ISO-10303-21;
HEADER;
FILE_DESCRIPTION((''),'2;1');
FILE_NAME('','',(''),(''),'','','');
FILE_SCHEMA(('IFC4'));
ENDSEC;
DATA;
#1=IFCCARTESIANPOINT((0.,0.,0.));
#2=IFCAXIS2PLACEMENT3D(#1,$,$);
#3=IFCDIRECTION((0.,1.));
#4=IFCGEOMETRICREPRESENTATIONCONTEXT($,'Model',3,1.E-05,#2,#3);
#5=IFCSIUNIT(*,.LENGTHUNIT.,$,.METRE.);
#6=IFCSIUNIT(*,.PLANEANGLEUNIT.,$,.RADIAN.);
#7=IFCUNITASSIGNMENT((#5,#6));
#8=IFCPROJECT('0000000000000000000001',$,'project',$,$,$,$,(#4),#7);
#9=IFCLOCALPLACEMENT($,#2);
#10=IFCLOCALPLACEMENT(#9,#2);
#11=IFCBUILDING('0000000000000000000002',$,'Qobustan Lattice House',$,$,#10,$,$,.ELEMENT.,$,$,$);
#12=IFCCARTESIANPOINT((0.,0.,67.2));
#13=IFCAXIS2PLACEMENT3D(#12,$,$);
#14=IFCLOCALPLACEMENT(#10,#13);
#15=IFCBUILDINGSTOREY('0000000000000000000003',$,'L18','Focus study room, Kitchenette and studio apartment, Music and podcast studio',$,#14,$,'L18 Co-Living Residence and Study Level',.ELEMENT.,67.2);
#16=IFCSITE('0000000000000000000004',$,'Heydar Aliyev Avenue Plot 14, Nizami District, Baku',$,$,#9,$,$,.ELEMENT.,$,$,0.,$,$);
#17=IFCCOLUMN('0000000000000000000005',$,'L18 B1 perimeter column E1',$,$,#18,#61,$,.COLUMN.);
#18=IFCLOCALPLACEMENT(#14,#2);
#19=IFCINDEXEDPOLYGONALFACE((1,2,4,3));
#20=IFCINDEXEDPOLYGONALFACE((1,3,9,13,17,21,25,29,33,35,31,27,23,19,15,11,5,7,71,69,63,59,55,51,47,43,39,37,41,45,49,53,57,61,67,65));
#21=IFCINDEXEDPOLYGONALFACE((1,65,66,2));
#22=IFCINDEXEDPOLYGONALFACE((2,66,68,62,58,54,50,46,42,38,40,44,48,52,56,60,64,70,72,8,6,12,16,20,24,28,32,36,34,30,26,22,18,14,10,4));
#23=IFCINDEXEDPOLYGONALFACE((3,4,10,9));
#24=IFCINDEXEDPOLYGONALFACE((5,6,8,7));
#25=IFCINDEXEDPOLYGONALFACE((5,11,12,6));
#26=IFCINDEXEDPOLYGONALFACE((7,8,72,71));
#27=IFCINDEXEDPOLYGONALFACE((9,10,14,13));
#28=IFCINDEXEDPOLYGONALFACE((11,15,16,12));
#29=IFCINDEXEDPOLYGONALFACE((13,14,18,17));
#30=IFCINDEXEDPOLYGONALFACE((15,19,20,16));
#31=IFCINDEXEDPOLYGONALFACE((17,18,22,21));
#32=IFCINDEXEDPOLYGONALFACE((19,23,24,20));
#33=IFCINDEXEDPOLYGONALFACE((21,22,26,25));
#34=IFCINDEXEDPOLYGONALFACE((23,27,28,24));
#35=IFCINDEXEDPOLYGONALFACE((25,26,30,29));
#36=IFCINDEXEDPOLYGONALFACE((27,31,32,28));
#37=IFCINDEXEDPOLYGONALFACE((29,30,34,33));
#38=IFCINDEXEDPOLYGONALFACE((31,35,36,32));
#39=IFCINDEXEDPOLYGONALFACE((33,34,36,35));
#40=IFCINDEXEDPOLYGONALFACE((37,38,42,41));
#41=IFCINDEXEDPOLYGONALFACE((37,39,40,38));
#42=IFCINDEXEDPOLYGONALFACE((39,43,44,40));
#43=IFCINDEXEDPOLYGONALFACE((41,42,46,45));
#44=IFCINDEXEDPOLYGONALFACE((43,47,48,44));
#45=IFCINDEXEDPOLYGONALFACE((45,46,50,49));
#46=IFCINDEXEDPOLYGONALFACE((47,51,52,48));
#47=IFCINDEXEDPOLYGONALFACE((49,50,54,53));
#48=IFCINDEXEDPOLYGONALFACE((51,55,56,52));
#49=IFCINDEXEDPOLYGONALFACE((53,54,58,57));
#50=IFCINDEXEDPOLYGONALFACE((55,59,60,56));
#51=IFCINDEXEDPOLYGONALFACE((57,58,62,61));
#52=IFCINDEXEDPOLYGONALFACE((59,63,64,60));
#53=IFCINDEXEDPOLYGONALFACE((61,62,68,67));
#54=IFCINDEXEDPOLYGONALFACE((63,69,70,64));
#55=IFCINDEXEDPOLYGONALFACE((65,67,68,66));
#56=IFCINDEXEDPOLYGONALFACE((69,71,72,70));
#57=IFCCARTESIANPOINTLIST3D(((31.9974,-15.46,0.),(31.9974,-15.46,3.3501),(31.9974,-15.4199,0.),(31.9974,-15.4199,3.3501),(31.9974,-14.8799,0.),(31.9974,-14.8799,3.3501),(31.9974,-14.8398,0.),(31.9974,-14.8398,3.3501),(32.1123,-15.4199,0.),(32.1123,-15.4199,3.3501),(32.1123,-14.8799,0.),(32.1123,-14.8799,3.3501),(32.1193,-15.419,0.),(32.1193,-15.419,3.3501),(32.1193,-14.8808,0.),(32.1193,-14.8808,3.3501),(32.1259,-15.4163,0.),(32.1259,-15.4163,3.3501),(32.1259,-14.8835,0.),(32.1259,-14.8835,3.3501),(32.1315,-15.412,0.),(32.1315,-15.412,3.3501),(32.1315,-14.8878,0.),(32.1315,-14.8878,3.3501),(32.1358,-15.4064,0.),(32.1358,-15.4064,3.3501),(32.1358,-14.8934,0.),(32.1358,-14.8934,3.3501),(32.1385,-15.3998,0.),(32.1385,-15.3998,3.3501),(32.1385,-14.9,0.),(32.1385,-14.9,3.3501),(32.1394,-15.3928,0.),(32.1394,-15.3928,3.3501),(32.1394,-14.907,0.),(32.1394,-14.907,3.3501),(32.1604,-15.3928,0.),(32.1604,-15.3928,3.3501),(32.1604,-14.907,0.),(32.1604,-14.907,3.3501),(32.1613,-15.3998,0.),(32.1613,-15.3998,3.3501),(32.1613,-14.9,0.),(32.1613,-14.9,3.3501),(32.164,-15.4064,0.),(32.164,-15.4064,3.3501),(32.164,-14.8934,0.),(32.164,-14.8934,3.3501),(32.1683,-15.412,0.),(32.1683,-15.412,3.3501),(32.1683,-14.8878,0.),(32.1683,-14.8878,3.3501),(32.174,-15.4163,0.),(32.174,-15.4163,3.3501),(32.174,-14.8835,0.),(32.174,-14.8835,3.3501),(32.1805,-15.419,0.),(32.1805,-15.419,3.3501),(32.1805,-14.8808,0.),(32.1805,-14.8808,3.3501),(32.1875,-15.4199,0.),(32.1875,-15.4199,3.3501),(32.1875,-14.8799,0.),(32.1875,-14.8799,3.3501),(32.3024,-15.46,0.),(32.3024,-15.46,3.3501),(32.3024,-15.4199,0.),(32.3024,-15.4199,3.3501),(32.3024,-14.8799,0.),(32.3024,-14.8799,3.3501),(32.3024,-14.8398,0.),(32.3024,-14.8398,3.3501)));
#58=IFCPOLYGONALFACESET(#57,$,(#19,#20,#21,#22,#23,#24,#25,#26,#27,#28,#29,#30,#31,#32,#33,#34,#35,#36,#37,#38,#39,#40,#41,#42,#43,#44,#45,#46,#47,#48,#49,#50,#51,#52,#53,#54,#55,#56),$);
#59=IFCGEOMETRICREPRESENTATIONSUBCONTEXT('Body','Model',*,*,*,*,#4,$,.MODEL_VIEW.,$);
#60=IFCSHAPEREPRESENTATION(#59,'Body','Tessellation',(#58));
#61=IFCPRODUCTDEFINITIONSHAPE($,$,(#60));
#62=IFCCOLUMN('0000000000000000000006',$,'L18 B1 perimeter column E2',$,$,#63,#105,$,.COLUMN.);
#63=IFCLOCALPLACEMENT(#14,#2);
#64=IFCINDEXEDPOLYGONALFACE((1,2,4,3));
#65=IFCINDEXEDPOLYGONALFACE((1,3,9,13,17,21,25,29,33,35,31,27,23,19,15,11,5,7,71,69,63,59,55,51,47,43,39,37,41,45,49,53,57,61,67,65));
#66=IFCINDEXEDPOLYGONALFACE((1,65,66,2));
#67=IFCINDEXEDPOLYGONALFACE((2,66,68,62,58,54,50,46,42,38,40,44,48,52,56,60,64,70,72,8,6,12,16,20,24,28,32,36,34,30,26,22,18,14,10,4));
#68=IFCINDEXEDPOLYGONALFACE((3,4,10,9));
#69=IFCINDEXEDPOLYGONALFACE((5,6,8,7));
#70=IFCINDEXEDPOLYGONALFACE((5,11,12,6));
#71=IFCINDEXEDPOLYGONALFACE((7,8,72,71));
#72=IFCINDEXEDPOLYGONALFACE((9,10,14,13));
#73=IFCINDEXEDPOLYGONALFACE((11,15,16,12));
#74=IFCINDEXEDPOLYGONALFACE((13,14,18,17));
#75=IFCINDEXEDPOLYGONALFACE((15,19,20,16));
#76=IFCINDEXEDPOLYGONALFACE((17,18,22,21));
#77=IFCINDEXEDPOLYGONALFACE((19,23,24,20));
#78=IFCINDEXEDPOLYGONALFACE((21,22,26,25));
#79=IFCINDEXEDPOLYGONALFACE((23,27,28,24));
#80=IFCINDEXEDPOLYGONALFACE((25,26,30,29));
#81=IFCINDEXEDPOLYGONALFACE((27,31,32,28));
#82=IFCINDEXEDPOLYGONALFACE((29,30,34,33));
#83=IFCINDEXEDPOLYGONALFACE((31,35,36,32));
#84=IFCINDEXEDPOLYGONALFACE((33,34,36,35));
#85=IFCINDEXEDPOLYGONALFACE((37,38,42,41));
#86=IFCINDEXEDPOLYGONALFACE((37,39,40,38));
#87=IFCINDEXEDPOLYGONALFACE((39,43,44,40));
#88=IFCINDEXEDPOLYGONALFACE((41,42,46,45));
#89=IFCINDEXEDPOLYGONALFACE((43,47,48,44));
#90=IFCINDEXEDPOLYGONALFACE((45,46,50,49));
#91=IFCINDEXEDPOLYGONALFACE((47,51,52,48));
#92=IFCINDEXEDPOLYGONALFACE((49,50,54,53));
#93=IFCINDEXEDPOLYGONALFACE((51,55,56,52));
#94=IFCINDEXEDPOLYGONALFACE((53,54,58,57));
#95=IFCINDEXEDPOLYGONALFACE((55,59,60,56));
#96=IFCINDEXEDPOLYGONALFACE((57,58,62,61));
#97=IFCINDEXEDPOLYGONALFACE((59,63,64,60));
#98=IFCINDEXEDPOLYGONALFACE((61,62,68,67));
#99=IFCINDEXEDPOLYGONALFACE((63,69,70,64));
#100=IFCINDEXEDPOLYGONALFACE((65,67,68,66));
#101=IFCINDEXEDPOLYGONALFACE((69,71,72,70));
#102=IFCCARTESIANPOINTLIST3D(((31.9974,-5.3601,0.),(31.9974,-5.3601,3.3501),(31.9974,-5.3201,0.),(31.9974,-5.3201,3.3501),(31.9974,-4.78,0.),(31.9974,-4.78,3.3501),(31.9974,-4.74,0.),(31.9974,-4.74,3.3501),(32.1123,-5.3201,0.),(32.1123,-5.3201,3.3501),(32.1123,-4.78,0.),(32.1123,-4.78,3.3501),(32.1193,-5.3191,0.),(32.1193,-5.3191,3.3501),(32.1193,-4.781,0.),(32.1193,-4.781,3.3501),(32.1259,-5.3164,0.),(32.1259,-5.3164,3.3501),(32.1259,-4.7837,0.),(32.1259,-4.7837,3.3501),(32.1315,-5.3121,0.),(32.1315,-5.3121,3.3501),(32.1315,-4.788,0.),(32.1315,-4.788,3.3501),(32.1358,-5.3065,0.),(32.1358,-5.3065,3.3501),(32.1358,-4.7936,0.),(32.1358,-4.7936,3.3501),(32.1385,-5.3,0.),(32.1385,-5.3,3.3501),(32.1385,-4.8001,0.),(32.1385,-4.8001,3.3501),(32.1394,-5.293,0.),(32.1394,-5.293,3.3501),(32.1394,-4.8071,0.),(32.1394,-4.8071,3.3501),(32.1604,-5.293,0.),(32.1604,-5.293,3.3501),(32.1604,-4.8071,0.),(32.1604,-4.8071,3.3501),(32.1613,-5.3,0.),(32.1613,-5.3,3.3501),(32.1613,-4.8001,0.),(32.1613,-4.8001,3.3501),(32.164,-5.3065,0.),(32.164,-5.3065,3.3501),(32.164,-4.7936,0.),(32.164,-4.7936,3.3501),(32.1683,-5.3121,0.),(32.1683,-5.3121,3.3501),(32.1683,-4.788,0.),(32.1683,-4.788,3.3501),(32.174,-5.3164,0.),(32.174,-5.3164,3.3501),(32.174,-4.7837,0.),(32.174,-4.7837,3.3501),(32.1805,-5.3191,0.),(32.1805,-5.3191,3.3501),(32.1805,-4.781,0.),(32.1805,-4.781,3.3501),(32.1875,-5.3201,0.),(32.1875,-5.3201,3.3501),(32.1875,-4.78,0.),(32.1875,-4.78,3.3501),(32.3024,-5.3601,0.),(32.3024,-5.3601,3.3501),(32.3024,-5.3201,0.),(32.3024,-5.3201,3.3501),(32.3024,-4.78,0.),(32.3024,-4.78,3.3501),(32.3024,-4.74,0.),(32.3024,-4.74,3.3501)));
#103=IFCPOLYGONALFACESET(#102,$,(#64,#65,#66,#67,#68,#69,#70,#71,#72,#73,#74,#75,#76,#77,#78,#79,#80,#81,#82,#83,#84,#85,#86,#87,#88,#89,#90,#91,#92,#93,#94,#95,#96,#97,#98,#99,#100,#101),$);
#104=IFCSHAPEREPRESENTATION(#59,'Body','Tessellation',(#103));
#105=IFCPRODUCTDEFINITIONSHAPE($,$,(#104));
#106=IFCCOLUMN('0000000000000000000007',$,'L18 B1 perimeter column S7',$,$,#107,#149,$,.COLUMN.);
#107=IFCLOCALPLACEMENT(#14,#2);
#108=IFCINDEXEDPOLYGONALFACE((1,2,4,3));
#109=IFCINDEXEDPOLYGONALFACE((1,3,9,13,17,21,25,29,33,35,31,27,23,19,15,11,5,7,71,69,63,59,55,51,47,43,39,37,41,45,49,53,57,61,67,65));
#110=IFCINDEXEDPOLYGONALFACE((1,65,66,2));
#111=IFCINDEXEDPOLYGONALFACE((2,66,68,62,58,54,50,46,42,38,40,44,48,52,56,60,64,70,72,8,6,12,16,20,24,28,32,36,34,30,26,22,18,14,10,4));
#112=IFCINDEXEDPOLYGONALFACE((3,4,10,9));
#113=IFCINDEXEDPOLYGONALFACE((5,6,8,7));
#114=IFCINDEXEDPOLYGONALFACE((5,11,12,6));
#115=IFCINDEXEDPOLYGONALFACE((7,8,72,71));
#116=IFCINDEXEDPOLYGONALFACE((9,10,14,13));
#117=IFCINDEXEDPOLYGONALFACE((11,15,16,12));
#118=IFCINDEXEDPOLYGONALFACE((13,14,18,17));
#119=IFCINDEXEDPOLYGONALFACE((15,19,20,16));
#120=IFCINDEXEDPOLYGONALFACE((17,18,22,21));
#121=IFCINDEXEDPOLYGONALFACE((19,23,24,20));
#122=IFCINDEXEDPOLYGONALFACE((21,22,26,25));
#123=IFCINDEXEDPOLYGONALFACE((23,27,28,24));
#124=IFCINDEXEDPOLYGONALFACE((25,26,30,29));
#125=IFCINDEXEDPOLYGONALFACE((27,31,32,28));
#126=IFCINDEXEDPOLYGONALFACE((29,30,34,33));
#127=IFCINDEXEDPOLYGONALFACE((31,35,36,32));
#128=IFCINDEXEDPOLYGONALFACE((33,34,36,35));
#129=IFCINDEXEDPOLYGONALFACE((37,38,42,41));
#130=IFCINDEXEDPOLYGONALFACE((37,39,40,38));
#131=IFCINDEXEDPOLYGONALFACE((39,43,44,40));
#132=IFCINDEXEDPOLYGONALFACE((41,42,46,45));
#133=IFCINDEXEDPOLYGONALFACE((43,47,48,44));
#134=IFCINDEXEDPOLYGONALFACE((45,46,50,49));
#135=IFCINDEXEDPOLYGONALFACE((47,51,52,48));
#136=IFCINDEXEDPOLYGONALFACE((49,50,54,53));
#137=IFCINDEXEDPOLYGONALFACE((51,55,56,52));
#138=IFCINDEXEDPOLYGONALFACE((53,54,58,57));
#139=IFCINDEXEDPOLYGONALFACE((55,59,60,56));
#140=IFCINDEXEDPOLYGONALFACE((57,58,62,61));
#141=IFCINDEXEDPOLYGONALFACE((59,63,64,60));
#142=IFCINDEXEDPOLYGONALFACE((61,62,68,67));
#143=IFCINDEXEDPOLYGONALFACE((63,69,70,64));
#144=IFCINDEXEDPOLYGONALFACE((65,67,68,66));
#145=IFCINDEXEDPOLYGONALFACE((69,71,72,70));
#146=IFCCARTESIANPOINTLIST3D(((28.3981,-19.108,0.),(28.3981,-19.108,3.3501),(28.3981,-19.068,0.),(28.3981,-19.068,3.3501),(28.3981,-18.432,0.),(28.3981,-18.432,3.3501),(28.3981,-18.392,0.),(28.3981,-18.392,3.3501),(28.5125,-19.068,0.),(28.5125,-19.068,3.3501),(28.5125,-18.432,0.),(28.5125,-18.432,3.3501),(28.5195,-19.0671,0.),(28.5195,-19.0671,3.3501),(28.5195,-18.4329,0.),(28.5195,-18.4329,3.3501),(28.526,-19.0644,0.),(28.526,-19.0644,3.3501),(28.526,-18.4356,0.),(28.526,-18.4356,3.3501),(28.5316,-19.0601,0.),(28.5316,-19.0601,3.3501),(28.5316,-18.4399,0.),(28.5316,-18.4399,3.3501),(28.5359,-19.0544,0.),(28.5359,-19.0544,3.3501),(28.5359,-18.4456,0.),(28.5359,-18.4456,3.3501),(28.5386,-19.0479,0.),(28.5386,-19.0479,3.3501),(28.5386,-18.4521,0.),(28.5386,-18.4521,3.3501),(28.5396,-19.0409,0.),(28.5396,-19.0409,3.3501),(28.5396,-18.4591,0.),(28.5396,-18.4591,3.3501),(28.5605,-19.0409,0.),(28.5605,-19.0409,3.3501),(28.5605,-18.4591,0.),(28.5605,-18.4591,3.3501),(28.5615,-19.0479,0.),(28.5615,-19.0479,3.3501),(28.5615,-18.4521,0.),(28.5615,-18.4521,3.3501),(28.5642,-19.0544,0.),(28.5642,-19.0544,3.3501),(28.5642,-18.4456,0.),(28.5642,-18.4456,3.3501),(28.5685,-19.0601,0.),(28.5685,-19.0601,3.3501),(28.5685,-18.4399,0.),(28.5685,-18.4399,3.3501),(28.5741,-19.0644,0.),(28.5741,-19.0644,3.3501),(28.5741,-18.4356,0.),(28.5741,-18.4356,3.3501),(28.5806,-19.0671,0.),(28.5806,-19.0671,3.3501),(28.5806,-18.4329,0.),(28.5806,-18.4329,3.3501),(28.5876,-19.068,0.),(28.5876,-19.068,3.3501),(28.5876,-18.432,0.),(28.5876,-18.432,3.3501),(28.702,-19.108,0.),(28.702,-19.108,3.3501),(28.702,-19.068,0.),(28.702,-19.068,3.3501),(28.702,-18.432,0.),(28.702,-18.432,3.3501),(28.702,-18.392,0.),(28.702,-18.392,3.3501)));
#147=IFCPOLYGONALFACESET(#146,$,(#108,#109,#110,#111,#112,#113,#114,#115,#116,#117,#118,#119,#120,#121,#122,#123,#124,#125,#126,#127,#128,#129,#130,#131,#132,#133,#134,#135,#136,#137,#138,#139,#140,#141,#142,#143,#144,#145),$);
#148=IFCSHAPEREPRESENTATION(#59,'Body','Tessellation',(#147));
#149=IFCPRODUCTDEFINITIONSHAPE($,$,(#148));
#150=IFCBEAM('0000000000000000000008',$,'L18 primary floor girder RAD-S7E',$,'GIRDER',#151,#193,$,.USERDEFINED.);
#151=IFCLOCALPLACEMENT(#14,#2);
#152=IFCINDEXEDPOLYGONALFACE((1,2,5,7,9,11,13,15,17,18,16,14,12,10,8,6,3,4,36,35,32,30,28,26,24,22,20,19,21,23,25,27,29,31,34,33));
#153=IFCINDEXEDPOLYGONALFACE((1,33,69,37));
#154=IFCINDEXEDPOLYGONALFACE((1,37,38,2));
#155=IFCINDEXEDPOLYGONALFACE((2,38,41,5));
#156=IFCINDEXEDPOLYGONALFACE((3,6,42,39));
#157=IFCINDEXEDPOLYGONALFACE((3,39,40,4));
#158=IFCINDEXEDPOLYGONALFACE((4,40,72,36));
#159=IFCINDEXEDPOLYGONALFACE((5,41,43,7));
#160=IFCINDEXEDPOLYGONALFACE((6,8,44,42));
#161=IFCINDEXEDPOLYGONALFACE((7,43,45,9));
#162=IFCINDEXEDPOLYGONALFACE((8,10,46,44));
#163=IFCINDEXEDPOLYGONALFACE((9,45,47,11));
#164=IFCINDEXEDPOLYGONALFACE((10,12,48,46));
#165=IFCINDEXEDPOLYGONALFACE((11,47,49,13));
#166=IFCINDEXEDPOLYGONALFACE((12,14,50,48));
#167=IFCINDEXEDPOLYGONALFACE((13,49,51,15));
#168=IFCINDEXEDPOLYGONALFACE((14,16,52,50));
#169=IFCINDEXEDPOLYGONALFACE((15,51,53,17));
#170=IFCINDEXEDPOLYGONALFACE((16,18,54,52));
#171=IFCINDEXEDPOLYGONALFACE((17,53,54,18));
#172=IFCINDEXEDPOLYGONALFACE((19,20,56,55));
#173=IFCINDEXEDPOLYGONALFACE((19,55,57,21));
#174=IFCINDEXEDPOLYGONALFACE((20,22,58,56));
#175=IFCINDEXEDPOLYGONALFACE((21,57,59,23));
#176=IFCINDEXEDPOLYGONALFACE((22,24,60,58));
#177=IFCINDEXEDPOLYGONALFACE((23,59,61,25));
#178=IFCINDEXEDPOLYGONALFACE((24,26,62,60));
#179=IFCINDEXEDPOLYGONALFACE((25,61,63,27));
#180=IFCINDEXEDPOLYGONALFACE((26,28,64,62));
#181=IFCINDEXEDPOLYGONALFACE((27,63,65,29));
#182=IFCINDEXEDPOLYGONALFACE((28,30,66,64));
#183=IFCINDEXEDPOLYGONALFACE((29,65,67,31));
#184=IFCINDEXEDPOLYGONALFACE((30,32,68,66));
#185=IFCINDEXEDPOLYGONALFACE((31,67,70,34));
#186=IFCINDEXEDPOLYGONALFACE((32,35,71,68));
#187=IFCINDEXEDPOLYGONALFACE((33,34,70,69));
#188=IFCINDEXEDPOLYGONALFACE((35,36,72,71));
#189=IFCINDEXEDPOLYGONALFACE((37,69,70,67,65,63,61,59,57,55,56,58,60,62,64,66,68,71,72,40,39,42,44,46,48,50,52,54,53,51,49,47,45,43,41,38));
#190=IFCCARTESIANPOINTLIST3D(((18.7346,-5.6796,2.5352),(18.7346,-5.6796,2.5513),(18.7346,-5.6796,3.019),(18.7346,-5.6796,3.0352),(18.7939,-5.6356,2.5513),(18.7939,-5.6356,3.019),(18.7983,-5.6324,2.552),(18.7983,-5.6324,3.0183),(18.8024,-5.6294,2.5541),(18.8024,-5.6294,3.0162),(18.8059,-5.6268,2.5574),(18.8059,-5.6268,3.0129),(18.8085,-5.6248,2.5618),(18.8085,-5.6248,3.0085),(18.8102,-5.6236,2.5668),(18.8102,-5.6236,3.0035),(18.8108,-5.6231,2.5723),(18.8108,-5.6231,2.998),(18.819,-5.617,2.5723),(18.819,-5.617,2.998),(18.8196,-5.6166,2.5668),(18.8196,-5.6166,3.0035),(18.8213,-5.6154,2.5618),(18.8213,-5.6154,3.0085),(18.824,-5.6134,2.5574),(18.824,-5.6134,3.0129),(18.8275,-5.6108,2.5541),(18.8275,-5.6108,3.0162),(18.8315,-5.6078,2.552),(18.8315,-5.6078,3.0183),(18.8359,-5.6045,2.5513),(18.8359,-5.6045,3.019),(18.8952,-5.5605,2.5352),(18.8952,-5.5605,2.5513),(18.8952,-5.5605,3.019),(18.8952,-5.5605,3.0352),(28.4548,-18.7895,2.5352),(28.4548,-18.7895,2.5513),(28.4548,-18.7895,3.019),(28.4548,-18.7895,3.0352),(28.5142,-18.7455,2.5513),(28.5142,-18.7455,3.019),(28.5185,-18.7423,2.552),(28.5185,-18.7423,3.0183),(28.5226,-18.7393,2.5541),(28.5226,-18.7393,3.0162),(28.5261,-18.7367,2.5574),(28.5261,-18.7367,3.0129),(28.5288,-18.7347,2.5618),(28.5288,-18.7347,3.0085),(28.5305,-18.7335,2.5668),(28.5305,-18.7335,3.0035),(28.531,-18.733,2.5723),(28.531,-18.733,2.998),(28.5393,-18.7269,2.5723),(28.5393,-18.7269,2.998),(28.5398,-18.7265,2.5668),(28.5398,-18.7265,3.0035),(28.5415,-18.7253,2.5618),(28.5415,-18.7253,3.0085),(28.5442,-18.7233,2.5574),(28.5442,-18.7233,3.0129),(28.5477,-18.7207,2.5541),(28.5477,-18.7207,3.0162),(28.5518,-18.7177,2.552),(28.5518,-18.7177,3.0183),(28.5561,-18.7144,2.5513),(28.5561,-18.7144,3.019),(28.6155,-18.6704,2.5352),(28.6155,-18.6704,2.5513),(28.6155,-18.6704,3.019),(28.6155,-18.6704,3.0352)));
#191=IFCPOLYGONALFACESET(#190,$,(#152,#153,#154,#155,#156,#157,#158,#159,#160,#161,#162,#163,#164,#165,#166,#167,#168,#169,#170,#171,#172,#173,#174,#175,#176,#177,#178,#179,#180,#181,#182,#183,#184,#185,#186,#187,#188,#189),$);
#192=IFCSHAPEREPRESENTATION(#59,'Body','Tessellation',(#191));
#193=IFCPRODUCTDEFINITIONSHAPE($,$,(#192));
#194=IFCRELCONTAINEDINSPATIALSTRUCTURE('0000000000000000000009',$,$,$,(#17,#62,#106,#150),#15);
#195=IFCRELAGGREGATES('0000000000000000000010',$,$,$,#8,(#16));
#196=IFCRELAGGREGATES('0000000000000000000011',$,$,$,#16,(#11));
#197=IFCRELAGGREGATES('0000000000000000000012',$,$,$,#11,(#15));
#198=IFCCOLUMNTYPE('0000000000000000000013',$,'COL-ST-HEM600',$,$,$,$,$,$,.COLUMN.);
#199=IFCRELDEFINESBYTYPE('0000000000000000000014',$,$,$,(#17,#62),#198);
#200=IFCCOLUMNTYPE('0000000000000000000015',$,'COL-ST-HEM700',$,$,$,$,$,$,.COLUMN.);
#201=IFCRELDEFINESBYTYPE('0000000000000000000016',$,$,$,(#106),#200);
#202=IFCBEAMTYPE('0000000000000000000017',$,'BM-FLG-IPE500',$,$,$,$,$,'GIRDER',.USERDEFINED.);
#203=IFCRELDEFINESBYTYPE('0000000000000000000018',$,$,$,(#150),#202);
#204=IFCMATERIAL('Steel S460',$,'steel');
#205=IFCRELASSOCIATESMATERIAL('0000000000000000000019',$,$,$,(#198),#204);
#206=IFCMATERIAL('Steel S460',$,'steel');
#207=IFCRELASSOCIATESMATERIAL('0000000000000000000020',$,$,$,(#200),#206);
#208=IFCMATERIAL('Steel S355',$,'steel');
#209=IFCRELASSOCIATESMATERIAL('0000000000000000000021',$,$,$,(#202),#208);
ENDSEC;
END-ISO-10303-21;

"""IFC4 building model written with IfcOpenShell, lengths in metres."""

from ifc_helpers import new_model, si_unit, direction, frame, origin, origin_2d, place, context, subcontext, project, spatial, i_section, extrude, material, material_profile, profile_set, type_object, element, save


model = new_model("IFC4")

# Units and contexts
model_context = context("Model", 3, precision=1e-05, world=origin(), true_north=direction((0.0, 1.0)))
body_context = subcontext(model_context, "Body", "Model", "MODEL_VIEW")
ifc_project = project(units=[si_unit("LENGTHUNIT", "METRE"), si_unit("PLANEANGLEUNIT", "RADIAN")], contexts=[model_context])

# Site, building, storey
site_placement = place(None, origin())
site = spatial("IfcSite", under=ifc_project, at=site_placement, Name="Heydar Aliyev Avenue Plot 14, Nizami District, Baku", CompositionType="ELEMENT", RefElevation=0.0)
building_placement = place(site_placement, origin())
building = spatial("IfcBuilding", under=site, at=building_placement, Name="Qobustan Lattice House", CompositionType="ELEMENT")
storey_placement = place(building_placement, frame((0.0, 0.0, 67.2)))
storey = spatial("IfcBuildingStorey", under=building, at=storey_placement, Name="L18", Description="Focus study room, Kitchenette and studio apartment, Music and podcast studio", LongName="L18 Co-Living Residence and Study Level", CompositionType="ELEMENT", Elevation=67.2)

# Columns
ifc_material_1 = material(Name="Steel S460", Category="steel")
ifc_material_profile_1 = material_profile(ifc_material_1, i_section(OverallWidth=0.3049, OverallDepth=0.6201, WebThickness=0.021, FlangeThickness=0.04, FilletRadius=0.0271, at=origin_2d()), Name="HEM600")
ifc_profile_set_1 = profile_set([ifc_material_profile_1], Name="Steel S460")
column_type_1 = type_object("IfcColumnType", Name="COL-ST-HEM600", PredefinedType="COLUMN", material=ifc_profile_set_1)
for number, where, z_axis, x_axis, name in (
    (1, (32.1499, -15.1499, 0.0), (0.0, 0.0, 1.0), (1.0, 0.0, 0.0), "L18 B1 perimeter column E1"),
    (2, (32.1499, -5.05, 0.0), (0.0, 0.0, 1.0), (1.0, 0.0, 0.0), "L18 B1 perimeter column E2"),
):
    element("IfcColumn", number, at=place(storey_placement, frame(where, z_axis=z_axis, x_axis=x_axis)), inside=storey, type_object=column_type_1, Name=name, PredefinedType="COLUMN", context=body_context, shape_type="SweptSolid", body=[
        extrude(i_section(OverallWidth=0.3049, OverallDepth=0.6201, WebThickness=0.021, FlangeThickness=0.04, FilletRadius=0.0271, at=origin_2d()), origin(), (0.0, 0.0, 1.0), 3.3501),
    ])
ifc_material_2 = material(Name="Steel S460", Category="steel")
ifc_material_profile_2 = material_profile(ifc_material_2, i_section(OverallWidth=0.304, OverallDepth=0.7161, WebThickness=0.021, FlangeThickness=0.04, FilletRadius=0.0271, at=origin_2d()), Name="HEM700")
ifc_profile_set_2 = profile_set([ifc_material_profile_2], Name="Steel S460")
column_type_2 = type_object("IfcColumnType", Name="COL-ST-HEM700", PredefinedType="COLUMN", material=ifc_profile_set_2)
column_placement = place(storey_placement, frame((28.55, -18.75, 0.0), z_axis=(0.0, 0.0, 1.0), x_axis=(1.0, 0.0, 0.0)))
element("IfcColumn", 3, at=column_placement, inside=storey, type_object=column_type_2, Name="L18 B1 perimeter column S7", PredefinedType="COLUMN", context=body_context, shape_type="SweptSolid", body=[
    extrude(i_section(OverallWidth=0.304, OverallDepth=0.7161, WebThickness=0.021, FlangeThickness=0.04, FilletRadius=0.0271, at=origin_2d()), origin(), (0.0, 0.0, 1.0), 3.3501),
])

# Beam
ifc_material_3 = material(Name="Steel S355", Category="steel")
ifc_material_profile_3 = material_profile(ifc_material_3, i_section(OverallWidth=0.2, OverallDepth=0.5, WebThickness=0.0103, FlangeThickness=0.0161, FilletRadius=0.021, at=origin_2d()), Name="IPE500")
ifc_profile_set_3 = profile_set([ifc_material_profile_3], Name="Steel S355")
beam_type_1 = type_object("IfcBeamType", Name="BM-FLG-IPE500", ElementType="GIRDER", PredefinedType="USERDEFINED", material=ifc_profile_set_3)
beam_1_placement = place(storey_placement, frame((28.5352, -18.73, 2.7852), z_axis=(-0.595592, 0.803287, 0.0), x_axis=(-0.803287, -0.595592, 0.0)))
element("IfcBeam", 4, at=beam_1_placement, inside=storey, type_object=beam_type_1, Name="L18 primary floor girder RAD-S7E", ObjectType="GIRDER", PredefinedType="USERDEFINED", context=body_context, shape_type="SweptSolid", body=[
    extrude(i_section(OverallWidth=0.2, OverallDepth=0.5, WebThickness=0.0103, FlangeThickness=0.0161, FilletRadius=0.021, at=origin_2d()), origin(), (0.0, 0.0, 1.0), 16.3203),
])

save(model, "model.ifc")
